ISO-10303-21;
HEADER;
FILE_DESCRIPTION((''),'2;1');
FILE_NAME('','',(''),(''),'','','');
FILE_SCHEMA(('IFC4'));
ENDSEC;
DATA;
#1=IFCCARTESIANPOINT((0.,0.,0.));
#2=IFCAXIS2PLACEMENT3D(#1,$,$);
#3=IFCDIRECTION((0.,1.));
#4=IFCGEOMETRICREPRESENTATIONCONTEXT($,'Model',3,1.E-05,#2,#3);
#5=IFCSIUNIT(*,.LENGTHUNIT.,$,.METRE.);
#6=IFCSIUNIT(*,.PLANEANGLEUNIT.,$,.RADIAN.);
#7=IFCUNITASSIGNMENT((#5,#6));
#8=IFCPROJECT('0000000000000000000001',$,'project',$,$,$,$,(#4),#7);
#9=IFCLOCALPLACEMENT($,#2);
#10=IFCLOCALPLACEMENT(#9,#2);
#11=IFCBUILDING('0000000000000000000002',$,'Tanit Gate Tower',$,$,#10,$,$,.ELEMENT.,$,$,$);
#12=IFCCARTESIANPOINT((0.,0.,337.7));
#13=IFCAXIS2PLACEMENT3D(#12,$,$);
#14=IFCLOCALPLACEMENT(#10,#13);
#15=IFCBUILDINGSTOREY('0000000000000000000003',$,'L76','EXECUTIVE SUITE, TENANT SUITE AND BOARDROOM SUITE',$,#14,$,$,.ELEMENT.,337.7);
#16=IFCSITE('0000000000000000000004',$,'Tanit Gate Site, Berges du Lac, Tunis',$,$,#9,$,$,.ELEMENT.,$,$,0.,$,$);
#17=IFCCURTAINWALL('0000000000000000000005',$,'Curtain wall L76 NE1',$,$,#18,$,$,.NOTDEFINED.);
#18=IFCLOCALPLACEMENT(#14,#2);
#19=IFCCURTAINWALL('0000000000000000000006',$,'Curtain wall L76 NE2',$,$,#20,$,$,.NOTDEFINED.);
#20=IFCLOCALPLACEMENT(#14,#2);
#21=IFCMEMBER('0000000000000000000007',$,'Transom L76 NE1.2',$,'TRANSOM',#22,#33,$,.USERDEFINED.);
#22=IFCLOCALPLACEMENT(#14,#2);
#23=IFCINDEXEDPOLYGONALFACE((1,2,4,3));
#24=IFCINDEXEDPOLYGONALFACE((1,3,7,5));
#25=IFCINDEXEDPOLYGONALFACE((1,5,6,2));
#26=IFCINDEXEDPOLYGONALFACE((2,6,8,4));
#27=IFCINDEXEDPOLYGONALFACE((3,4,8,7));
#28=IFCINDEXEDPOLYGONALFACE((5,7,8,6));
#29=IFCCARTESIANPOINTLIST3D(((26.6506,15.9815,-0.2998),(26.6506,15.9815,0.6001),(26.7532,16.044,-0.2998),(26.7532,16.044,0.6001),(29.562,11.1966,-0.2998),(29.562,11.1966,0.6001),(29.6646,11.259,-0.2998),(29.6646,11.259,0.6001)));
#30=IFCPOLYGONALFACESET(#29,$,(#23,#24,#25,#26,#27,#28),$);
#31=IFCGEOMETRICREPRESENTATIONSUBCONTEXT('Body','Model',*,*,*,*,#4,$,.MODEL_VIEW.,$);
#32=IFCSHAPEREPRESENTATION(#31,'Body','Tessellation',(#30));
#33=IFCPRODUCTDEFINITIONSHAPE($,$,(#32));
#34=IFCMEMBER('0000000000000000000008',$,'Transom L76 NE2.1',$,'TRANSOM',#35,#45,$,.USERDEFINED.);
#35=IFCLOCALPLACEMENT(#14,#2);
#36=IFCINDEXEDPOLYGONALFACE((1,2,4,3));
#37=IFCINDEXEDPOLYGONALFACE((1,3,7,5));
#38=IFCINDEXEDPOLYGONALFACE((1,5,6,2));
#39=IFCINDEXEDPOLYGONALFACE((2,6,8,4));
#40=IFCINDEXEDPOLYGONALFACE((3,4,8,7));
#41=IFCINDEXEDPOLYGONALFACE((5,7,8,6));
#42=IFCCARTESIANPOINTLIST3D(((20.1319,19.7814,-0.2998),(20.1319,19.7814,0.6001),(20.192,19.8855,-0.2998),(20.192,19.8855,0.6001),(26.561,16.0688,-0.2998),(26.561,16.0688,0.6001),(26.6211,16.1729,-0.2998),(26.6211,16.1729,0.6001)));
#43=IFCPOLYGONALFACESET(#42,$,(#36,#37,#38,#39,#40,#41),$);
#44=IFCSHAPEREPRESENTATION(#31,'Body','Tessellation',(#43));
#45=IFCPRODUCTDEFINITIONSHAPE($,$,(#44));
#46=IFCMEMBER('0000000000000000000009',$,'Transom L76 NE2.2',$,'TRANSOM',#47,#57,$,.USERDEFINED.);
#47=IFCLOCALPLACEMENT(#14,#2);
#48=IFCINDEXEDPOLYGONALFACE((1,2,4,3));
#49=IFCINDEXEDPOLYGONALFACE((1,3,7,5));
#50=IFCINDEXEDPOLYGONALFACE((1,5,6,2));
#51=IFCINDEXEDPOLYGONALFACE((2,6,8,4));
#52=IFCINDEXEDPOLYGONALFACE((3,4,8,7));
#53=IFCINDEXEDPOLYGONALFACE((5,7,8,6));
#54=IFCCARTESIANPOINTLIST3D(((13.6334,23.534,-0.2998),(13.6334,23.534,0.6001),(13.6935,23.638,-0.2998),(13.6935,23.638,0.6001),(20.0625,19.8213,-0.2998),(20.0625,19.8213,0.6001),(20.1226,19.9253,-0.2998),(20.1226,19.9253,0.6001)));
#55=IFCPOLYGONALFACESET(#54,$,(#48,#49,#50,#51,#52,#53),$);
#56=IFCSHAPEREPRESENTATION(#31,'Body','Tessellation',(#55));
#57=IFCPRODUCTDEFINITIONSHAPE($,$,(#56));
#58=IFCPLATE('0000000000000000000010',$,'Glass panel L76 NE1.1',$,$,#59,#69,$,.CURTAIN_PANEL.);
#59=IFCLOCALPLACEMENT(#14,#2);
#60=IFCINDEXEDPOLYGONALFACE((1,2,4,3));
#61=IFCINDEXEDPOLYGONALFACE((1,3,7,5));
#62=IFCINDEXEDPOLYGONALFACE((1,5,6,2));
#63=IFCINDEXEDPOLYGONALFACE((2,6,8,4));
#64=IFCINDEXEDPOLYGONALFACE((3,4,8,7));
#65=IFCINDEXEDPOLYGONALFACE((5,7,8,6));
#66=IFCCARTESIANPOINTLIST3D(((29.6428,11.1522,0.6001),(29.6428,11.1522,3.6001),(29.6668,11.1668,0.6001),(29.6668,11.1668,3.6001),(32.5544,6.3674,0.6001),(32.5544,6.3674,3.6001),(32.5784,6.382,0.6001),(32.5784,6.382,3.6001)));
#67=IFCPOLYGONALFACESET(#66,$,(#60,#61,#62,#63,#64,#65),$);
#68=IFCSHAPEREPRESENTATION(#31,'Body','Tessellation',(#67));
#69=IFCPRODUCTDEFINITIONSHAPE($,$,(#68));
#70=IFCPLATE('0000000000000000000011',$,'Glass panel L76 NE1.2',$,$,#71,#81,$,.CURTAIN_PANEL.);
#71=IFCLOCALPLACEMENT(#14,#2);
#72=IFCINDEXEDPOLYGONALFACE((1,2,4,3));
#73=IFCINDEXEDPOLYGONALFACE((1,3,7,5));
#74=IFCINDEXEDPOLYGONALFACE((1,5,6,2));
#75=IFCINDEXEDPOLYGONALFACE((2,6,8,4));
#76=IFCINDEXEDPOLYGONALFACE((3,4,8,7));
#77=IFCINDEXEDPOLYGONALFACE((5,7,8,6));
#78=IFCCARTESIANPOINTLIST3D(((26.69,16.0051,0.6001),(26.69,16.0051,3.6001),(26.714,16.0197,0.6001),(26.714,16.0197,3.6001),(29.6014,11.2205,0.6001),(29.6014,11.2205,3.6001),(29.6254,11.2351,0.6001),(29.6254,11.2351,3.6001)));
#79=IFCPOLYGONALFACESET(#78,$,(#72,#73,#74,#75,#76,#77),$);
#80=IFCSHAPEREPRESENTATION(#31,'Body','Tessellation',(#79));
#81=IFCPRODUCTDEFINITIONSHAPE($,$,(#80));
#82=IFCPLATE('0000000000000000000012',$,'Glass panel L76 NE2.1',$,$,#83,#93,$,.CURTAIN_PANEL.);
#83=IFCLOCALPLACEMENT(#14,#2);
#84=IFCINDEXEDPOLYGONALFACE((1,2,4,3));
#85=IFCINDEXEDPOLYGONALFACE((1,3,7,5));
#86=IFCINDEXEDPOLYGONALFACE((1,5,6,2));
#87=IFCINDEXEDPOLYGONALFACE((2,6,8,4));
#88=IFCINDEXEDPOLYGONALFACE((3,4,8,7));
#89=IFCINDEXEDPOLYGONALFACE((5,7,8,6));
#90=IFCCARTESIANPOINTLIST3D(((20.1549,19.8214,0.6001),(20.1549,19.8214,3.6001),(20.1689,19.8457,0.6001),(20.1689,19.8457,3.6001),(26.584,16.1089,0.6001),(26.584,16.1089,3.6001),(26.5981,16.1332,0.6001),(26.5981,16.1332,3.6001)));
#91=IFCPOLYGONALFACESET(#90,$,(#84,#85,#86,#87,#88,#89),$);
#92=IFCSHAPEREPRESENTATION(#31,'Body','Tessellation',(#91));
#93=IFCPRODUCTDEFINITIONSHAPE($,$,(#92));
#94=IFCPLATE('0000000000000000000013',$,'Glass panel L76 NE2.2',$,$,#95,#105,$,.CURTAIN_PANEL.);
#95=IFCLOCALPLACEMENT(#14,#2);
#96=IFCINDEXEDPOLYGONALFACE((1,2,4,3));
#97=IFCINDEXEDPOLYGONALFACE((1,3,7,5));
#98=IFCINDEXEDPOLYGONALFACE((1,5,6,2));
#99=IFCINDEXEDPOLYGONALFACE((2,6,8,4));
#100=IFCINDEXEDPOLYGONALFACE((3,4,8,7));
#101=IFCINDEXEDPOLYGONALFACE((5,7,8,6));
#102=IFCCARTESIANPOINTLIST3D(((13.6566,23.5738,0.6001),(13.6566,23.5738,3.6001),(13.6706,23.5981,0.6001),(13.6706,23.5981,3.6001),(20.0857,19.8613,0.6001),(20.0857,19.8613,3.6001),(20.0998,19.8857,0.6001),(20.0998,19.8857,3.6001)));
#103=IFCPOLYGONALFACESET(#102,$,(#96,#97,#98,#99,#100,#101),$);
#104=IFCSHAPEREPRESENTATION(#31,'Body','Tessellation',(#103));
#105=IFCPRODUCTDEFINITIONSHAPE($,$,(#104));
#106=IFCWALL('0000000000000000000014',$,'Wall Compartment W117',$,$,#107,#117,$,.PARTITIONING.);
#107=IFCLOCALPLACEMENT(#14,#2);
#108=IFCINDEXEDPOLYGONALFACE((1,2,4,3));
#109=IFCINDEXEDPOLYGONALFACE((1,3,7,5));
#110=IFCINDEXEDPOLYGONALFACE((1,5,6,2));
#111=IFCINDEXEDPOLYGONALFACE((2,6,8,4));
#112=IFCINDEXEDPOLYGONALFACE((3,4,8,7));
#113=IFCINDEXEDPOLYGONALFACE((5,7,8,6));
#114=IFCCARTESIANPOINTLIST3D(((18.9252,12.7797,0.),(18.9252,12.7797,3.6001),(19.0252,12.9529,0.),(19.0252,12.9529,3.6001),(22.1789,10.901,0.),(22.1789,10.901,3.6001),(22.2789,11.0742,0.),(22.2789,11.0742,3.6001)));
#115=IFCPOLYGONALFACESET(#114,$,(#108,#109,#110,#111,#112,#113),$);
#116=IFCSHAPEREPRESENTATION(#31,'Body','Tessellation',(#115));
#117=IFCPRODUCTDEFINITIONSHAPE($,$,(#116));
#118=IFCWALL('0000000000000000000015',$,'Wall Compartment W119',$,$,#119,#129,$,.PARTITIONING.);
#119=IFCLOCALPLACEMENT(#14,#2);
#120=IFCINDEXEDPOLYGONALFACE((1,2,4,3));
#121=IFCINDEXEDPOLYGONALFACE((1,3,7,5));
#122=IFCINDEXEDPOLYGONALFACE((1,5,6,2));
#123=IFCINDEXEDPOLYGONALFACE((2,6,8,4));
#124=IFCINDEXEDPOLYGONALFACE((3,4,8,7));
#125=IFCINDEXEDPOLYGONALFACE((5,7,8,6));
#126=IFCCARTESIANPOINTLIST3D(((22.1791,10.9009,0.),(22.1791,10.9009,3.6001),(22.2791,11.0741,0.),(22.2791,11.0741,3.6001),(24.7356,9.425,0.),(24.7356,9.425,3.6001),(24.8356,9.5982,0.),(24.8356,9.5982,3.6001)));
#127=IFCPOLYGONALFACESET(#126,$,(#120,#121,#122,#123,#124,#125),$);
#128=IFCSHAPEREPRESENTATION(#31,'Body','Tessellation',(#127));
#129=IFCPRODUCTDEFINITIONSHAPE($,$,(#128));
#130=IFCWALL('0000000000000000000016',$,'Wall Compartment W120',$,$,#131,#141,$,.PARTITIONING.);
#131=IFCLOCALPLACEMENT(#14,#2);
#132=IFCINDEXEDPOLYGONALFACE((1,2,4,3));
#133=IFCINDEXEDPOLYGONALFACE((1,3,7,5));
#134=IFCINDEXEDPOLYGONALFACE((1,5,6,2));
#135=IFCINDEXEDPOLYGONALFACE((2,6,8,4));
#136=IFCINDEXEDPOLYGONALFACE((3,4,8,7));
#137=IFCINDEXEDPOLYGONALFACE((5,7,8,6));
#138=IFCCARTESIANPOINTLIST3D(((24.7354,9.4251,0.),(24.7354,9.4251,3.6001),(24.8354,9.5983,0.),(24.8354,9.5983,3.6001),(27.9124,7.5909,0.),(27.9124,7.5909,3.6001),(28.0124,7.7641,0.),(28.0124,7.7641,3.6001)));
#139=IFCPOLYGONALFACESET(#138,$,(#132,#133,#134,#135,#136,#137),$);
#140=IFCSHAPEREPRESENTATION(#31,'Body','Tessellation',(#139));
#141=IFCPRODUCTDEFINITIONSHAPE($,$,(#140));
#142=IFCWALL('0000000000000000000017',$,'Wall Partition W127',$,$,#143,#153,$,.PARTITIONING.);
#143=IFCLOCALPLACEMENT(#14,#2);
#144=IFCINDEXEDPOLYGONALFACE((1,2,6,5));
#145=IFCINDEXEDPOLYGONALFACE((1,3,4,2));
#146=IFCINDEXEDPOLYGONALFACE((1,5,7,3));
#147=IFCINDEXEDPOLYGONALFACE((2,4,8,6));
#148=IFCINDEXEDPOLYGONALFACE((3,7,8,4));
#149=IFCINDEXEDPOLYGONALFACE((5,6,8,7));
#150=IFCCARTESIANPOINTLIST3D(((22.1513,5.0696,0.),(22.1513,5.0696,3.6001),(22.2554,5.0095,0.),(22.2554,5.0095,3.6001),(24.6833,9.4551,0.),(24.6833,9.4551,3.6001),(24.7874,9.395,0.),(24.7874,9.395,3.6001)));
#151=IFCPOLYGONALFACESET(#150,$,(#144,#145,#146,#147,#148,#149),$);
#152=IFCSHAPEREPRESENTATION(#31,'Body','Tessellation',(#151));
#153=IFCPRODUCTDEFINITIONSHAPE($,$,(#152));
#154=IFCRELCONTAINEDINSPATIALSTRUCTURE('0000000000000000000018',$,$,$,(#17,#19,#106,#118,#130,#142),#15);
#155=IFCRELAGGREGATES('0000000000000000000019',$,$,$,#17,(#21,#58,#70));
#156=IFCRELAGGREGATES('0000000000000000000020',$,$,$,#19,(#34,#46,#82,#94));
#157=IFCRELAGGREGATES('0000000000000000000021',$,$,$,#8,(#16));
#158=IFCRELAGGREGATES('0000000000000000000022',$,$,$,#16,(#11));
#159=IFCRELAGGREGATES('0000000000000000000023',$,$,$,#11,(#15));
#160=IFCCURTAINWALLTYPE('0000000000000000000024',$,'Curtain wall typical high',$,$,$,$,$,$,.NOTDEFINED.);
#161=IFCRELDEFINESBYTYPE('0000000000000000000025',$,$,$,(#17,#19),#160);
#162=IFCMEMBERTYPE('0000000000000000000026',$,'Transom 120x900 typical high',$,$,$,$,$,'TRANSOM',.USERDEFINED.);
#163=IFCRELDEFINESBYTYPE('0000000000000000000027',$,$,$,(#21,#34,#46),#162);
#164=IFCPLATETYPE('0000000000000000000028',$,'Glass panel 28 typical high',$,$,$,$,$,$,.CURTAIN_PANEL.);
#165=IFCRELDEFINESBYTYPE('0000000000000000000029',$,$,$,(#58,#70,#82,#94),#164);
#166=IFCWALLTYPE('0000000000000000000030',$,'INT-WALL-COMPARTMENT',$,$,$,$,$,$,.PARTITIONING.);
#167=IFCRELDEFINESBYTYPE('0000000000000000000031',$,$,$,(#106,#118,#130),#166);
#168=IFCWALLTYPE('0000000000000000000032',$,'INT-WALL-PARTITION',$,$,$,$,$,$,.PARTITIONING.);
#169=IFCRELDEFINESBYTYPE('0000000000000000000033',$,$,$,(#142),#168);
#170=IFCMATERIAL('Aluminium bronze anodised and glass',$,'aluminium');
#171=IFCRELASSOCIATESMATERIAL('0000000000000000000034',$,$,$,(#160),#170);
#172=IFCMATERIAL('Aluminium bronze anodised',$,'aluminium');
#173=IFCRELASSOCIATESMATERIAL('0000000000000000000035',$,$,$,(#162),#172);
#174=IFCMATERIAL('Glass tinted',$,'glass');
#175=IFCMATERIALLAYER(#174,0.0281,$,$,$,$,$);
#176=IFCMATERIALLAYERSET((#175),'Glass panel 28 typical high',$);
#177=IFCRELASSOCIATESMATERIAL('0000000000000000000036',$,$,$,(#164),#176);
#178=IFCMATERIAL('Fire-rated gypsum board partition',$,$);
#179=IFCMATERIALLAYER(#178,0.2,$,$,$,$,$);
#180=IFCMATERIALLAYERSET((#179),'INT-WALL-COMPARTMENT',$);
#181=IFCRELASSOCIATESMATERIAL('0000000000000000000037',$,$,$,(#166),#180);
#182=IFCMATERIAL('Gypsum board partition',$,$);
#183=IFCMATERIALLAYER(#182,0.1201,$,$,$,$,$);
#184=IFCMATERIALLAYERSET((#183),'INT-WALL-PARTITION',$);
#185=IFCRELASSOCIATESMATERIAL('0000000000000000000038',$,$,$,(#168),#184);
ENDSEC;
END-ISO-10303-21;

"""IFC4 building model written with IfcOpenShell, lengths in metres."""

from ifc_helpers import new_model, si_unit, direction, frame, frame_2d, origin, origin_2d, place, context, subcontext, project, spatial, rectangle, extrude, material, layer, layer_set, material_profile, profile_set, type_object, element, aggregate, save


model = new_model("IFC4")

# Units and contexts
model_context = context("Model", 3, precision=1e-05, world=origin(), true_north=direction((0.0, 1.0)))
body_context = subcontext(model_context, "Body", "Model", "MODEL_VIEW")
ifc_project = project(units=[si_unit("LENGTHUNIT", "METRE"), si_unit("PLANEANGLEUNIT", "RADIAN")], contexts=[model_context])

# Site, building, storey
site_placement = place(None, origin())
site = spatial("IfcSite", under=ifc_project, at=site_placement, Name="Tanit Gate Site, Berges du Lac, Tunis", CompositionType="ELEMENT", RefElevation=0.0)
building_placement = place(site_placement, origin())
building = spatial("IfcBuilding", under=site, at=building_placement, Name="Tanit Gate Tower", CompositionType="ELEMENT")
storey_placement = place(building_placement, frame((0.0, 0.0, 337.7)))
storey = spatial("IfcBuildingStorey", under=building, at=storey_placement, Name="L76", Description="EXECUTIVE SUITE, TENANT SUITE AND BOARDROOM SUITE", CompositionType="ELEMENT", Elevation=337.7)

# Curtain wall
ifc_material_1 = material(Name="Aluminium bronze anodised and glass", Category="aluminium")
curtain_wall_type = type_object("IfcCurtainWallType", Name="Curtain wall typical high", PredefinedType="NOTDEFINED", material=ifc_material_1)
curtain_wall_1_placement = place(storey_placement, origin())
curtain_wall_1 = element("IfcCurtainWall", 1, at=curtain_wall_1_placement, inside=storey, type_object=curtain_wall_type, Name="Curtain wall L76 NE1", PredefinedType="NOTDEFINED")

# Curtain wall
curtain_wall_2_placement = place(storey_placement, origin())
curtain_wall_2 = element("IfcCurtainWall", 2, at=curtain_wall_2_placement, inside=storey, type_object=curtain_wall_type, Name="Curtain wall L76 NE2", PredefinedType="NOTDEFINED")

# Members
ifc_material_2 = material(Name="Aluminium bronze anodised", Category="aluminium")
ifc_material_profile_1 = material_profile(ifc_material_2, rectangle(XDim=0.1201, YDim=0.8999, at=origin_2d()), Name="120x900 bronze transom")
ifc_profile_set_1 = profile_set([ifc_material_profile_1], Name="Aluminium bronze anodised")
member_type_1 = type_object("IfcMemberType", Name="Transom 120x900 typical high", ElementType="TRANSOM", PredefinedType="USERDEFINED", material=ifc_profile_set_1)
member_1_placement = place(storey_placement, frame((29.6133, 11.2278, 0.1501), z_axis=(-0.519793, 0.854292, 0.0), x_axis=(-0.854292, -0.519793, 0.0)))
member_1 = element("IfcMember", 3, at=member_1_placement, type_object=member_type_1, Name="Transom L76 NE1.2", ObjectType="TRANSOM", PredefinedType="USERDEFINED", context=body_context, shape_type="SweptSolid", body=[
    extrude(rectangle(XDim=0.1201, YDim=0.8999, at=origin_2d()), origin(), (0.0, 0.0, 1.0), 5.6011),
])
member_2_placement = place(storey_placement, frame((26.5911, 16.1208, 0.1501), z_axis=(-0.865982, 0.500075, 0.0), x_axis=(-0.500075, -0.865982, 0.0)))
member_2 = element("IfcMember", 4, at=member_2_placement, type_object=member_type_1, Name="Transom L76 NE2.1", ObjectType="TRANSOM", PredefinedType="USERDEFINED", context=body_context, shape_type="SweptSolid", body=[
    extrude(rectangle(XDim=0.1201, YDim=0.8999, at=origin_2d()), origin(), (0.0, 0.0, 1.0), 7.4241),
])
member_3_placement = place(storey_placement, frame((20.0925, 19.8733, 0.1501), z_axis=(-0.865974, 0.50009, 0.0), x_axis=(-0.50009, -0.865974, 0.0)))
member_3 = element("IfcMember", 5, at=member_3_placement, type_object=member_type_1, Name="Transom L76 NE2.2", ObjectType="TRANSOM", PredefinedType="USERDEFINED", context=body_context, shape_type="SweptSolid", body=[
    extrude(rectangle(XDim=0.1201, YDim=0.8999, at=origin_2d()), origin(), (0.0, 0.0, 1.0), 7.4241),
])

# Plates
ifc_material_3 = material(Name="Glass tinted", Category="glass")
ifc_layer_1 = layer(ifc_material_3, 0.0281)
ifc_layer_set_1 = layer_set([ifc_layer_1], Name="Glass panel 28 typical high")
plate_type = type_object("IfcPlateType", Name="Glass panel 28 typical high", PredefinedType="CURTAIN_PANEL", material=ifc_layer_set_1)
plate_1_placement = place(storey_placement, frame((31.1106, 8.7671, 0.6001), z_axis=(0.0, 0.0, 1.0), x_axis=(-0.51982, 0.854276, 0.0)))
plate_1 = element("IfcPlate", 6, at=plate_1_placement, type_object=plate_type, Name="Glass panel L76 NE1.1", PredefinedType="CURTAIN_PANEL", context=body_context, shape_type="SweptSolid", body=[
    extrude(rectangle(XDim=5.6011, YDim=0.0281, at=origin_2d()), origin(), (0.0, 0.0, 1.0), 3.0),
])
plate_2_placement = place(storey_placement, frame((28.1577, 13.6201, 0.6001), z_axis=(0.0, 0.0, 1.0), x_axis=(-0.51982, 0.854276, 0.0)))
plate_2 = element("IfcPlate", 7, at=plate_2_placement, type_object=plate_type, Name="Glass panel L76 NE1.2", PredefinedType="CURTAIN_PANEL", context=body_context, shape_type="SweptSolid", body=[
    extrude(rectangle(XDim=5.6008, YDim=0.0281, at=origin_2d()), origin(), (0.0, 0.0, 1.0), 3.0),
])
aggregate(curtain_wall_1, [member_1, plate_1, plate_2])
plate_3_placement = place(storey_placement, frame((23.3765, 17.9773, 0.6001), z_axis=(0.0, 0.0, 1.0), x_axis=(-0.865991, 0.50006, 0.0)))
plate_3 = element("IfcPlate", 8, at=plate_3_placement, type_object=plate_type, Name="Glass panel L76 NE2.1", PredefinedType="CURTAIN_PANEL", context=body_context, shape_type="SweptSolid", body=[
    extrude(rectangle(XDim=7.4241, YDim=0.0281, at=origin_2d()), origin(), (0.0, 0.0, 1.0), 3.0),
])
plate_4_placement = place(storey_placement, frame((16.8782, 21.7297, 0.6001), z_axis=(0.0, 0.0, 1.0), x_axis=(-0.865991, 0.50006, 0.0)))
plate_4 = element("IfcPlate", 9, at=plate_4_placement, type_object=plate_type, Name="Glass panel L76 NE2.2", PredefinedType="CURTAIN_PANEL", context=body_context, shape_type="SweptSolid", body=[
    extrude(rectangle(XDim=7.4241, YDim=0.0281, at=origin_2d()), origin(), (0.0, 0.0, 1.0), 3.0),
])
aggregate(curtain_wall_2, [member_2, member_3, plate_3, plate_4])

# Walls
ifc_material_4 = material(Name="Fire-rated gypsum board partition")
ifc_layer_2 = layer(ifc_material_4, 0.2)
ifc_layer_set_2 = layer_set([ifc_layer_2], Name="INT-WALL-COMPARTMENT")
wall_type_1 = type_object("IfcWallType", Name="INT-WALL-COMPARTMENT", PredefinedType="PARTITIONING", material=ifc_layer_set_2)
wall_1_placement = place(storey_placement, frame((18.9753, 12.8662, 0.0), z_axis=(0.0, 0.0, 1.0), x_axis=(0.866007, -0.500032, 0.0)))
element("IfcWall", 10, at=wall_1_placement, inside=storey, type_object=wall_type_1, Name="Wall Compartment W117", PredefinedType="PARTITIONING", context=body_context, shape_type="SweptSolid", body=[
    extrude(rectangle(XDim=3.7571, YDim=0.2, at=frame_2d((1.8784, 0.0))), origin(), (0.0, 0.0, 1.0), 3.6001),
])
wall_2_placement = place(storey_placement, frame((22.229, 10.9875, 0.0), z_axis=(0.0, 0.0, 1.0), x_axis=(0.866041, -0.499973, 0.0)))
element("IfcWall", 11, at=wall_2_placement, inside=storey, type_object=wall_type_1, Name="Wall Compartment W119", PredefinedType="PARTITIONING", context=body_context, shape_type="SweptSolid", body=[
    extrude(rectangle(XDim=2.9519, YDim=0.2, at=frame_2d((1.4761, 0.0))), origin(), (0.0, 0.0, 1.0), 3.6001),
])
wall_3_placement = place(storey_placement, frame((24.7854, 9.5117, 0.0), z_axis=(0.0, 0.0, 1.0), x_axis=(0.866027, -0.499997, 0.0)))
element("IfcWall", 12, at=wall_3_placement, inside=storey, type_object=wall_type_1, Name="Wall Compartment W120", PredefinedType="PARTITIONING", context=body_context, shape_type="SweptSolid", body=[
    extrude(rectangle(XDim=3.6685, YDim=0.2, at=frame_2d((1.8342, 0.0))), origin(), (0.0, 0.0, 1.0), 3.6001),
])
ifc_material_5 = material(Name="Gypsum board partition")
ifc_layer_3 = layer(ifc_material_5, 0.1201)
ifc_layer_set_3 = layer_set([ifc_layer_3], Name="INT-WALL-PARTITION")
wall_type_2 = type_object("IfcWallType", Name="INT-WALL-PARTITION", PredefinedType="PARTITIONING", material=ifc_layer_set_3)
wall_4_placement = place(storey_placement, frame((24.7354, 9.425, 0.0), z_axis=(0.0, 0.0, 1.0), x_axis=(-0.500002, -0.866024, 0.0)))
element("IfcWall", 13, at=wall_4_placement, inside=storey, type_object=wall_type_2, Name="Wall Partition W127", PredefinedType="PARTITIONING", context=body_context, shape_type="SweptSolid", body=[
    extrude(rectangle(XDim=5.064, YDim=0.1201, at=frame_2d((2.532, 0.0))), origin(), (0.0, 0.0, 1.0), 3.6001),
])

save(model, "model.ifc")
